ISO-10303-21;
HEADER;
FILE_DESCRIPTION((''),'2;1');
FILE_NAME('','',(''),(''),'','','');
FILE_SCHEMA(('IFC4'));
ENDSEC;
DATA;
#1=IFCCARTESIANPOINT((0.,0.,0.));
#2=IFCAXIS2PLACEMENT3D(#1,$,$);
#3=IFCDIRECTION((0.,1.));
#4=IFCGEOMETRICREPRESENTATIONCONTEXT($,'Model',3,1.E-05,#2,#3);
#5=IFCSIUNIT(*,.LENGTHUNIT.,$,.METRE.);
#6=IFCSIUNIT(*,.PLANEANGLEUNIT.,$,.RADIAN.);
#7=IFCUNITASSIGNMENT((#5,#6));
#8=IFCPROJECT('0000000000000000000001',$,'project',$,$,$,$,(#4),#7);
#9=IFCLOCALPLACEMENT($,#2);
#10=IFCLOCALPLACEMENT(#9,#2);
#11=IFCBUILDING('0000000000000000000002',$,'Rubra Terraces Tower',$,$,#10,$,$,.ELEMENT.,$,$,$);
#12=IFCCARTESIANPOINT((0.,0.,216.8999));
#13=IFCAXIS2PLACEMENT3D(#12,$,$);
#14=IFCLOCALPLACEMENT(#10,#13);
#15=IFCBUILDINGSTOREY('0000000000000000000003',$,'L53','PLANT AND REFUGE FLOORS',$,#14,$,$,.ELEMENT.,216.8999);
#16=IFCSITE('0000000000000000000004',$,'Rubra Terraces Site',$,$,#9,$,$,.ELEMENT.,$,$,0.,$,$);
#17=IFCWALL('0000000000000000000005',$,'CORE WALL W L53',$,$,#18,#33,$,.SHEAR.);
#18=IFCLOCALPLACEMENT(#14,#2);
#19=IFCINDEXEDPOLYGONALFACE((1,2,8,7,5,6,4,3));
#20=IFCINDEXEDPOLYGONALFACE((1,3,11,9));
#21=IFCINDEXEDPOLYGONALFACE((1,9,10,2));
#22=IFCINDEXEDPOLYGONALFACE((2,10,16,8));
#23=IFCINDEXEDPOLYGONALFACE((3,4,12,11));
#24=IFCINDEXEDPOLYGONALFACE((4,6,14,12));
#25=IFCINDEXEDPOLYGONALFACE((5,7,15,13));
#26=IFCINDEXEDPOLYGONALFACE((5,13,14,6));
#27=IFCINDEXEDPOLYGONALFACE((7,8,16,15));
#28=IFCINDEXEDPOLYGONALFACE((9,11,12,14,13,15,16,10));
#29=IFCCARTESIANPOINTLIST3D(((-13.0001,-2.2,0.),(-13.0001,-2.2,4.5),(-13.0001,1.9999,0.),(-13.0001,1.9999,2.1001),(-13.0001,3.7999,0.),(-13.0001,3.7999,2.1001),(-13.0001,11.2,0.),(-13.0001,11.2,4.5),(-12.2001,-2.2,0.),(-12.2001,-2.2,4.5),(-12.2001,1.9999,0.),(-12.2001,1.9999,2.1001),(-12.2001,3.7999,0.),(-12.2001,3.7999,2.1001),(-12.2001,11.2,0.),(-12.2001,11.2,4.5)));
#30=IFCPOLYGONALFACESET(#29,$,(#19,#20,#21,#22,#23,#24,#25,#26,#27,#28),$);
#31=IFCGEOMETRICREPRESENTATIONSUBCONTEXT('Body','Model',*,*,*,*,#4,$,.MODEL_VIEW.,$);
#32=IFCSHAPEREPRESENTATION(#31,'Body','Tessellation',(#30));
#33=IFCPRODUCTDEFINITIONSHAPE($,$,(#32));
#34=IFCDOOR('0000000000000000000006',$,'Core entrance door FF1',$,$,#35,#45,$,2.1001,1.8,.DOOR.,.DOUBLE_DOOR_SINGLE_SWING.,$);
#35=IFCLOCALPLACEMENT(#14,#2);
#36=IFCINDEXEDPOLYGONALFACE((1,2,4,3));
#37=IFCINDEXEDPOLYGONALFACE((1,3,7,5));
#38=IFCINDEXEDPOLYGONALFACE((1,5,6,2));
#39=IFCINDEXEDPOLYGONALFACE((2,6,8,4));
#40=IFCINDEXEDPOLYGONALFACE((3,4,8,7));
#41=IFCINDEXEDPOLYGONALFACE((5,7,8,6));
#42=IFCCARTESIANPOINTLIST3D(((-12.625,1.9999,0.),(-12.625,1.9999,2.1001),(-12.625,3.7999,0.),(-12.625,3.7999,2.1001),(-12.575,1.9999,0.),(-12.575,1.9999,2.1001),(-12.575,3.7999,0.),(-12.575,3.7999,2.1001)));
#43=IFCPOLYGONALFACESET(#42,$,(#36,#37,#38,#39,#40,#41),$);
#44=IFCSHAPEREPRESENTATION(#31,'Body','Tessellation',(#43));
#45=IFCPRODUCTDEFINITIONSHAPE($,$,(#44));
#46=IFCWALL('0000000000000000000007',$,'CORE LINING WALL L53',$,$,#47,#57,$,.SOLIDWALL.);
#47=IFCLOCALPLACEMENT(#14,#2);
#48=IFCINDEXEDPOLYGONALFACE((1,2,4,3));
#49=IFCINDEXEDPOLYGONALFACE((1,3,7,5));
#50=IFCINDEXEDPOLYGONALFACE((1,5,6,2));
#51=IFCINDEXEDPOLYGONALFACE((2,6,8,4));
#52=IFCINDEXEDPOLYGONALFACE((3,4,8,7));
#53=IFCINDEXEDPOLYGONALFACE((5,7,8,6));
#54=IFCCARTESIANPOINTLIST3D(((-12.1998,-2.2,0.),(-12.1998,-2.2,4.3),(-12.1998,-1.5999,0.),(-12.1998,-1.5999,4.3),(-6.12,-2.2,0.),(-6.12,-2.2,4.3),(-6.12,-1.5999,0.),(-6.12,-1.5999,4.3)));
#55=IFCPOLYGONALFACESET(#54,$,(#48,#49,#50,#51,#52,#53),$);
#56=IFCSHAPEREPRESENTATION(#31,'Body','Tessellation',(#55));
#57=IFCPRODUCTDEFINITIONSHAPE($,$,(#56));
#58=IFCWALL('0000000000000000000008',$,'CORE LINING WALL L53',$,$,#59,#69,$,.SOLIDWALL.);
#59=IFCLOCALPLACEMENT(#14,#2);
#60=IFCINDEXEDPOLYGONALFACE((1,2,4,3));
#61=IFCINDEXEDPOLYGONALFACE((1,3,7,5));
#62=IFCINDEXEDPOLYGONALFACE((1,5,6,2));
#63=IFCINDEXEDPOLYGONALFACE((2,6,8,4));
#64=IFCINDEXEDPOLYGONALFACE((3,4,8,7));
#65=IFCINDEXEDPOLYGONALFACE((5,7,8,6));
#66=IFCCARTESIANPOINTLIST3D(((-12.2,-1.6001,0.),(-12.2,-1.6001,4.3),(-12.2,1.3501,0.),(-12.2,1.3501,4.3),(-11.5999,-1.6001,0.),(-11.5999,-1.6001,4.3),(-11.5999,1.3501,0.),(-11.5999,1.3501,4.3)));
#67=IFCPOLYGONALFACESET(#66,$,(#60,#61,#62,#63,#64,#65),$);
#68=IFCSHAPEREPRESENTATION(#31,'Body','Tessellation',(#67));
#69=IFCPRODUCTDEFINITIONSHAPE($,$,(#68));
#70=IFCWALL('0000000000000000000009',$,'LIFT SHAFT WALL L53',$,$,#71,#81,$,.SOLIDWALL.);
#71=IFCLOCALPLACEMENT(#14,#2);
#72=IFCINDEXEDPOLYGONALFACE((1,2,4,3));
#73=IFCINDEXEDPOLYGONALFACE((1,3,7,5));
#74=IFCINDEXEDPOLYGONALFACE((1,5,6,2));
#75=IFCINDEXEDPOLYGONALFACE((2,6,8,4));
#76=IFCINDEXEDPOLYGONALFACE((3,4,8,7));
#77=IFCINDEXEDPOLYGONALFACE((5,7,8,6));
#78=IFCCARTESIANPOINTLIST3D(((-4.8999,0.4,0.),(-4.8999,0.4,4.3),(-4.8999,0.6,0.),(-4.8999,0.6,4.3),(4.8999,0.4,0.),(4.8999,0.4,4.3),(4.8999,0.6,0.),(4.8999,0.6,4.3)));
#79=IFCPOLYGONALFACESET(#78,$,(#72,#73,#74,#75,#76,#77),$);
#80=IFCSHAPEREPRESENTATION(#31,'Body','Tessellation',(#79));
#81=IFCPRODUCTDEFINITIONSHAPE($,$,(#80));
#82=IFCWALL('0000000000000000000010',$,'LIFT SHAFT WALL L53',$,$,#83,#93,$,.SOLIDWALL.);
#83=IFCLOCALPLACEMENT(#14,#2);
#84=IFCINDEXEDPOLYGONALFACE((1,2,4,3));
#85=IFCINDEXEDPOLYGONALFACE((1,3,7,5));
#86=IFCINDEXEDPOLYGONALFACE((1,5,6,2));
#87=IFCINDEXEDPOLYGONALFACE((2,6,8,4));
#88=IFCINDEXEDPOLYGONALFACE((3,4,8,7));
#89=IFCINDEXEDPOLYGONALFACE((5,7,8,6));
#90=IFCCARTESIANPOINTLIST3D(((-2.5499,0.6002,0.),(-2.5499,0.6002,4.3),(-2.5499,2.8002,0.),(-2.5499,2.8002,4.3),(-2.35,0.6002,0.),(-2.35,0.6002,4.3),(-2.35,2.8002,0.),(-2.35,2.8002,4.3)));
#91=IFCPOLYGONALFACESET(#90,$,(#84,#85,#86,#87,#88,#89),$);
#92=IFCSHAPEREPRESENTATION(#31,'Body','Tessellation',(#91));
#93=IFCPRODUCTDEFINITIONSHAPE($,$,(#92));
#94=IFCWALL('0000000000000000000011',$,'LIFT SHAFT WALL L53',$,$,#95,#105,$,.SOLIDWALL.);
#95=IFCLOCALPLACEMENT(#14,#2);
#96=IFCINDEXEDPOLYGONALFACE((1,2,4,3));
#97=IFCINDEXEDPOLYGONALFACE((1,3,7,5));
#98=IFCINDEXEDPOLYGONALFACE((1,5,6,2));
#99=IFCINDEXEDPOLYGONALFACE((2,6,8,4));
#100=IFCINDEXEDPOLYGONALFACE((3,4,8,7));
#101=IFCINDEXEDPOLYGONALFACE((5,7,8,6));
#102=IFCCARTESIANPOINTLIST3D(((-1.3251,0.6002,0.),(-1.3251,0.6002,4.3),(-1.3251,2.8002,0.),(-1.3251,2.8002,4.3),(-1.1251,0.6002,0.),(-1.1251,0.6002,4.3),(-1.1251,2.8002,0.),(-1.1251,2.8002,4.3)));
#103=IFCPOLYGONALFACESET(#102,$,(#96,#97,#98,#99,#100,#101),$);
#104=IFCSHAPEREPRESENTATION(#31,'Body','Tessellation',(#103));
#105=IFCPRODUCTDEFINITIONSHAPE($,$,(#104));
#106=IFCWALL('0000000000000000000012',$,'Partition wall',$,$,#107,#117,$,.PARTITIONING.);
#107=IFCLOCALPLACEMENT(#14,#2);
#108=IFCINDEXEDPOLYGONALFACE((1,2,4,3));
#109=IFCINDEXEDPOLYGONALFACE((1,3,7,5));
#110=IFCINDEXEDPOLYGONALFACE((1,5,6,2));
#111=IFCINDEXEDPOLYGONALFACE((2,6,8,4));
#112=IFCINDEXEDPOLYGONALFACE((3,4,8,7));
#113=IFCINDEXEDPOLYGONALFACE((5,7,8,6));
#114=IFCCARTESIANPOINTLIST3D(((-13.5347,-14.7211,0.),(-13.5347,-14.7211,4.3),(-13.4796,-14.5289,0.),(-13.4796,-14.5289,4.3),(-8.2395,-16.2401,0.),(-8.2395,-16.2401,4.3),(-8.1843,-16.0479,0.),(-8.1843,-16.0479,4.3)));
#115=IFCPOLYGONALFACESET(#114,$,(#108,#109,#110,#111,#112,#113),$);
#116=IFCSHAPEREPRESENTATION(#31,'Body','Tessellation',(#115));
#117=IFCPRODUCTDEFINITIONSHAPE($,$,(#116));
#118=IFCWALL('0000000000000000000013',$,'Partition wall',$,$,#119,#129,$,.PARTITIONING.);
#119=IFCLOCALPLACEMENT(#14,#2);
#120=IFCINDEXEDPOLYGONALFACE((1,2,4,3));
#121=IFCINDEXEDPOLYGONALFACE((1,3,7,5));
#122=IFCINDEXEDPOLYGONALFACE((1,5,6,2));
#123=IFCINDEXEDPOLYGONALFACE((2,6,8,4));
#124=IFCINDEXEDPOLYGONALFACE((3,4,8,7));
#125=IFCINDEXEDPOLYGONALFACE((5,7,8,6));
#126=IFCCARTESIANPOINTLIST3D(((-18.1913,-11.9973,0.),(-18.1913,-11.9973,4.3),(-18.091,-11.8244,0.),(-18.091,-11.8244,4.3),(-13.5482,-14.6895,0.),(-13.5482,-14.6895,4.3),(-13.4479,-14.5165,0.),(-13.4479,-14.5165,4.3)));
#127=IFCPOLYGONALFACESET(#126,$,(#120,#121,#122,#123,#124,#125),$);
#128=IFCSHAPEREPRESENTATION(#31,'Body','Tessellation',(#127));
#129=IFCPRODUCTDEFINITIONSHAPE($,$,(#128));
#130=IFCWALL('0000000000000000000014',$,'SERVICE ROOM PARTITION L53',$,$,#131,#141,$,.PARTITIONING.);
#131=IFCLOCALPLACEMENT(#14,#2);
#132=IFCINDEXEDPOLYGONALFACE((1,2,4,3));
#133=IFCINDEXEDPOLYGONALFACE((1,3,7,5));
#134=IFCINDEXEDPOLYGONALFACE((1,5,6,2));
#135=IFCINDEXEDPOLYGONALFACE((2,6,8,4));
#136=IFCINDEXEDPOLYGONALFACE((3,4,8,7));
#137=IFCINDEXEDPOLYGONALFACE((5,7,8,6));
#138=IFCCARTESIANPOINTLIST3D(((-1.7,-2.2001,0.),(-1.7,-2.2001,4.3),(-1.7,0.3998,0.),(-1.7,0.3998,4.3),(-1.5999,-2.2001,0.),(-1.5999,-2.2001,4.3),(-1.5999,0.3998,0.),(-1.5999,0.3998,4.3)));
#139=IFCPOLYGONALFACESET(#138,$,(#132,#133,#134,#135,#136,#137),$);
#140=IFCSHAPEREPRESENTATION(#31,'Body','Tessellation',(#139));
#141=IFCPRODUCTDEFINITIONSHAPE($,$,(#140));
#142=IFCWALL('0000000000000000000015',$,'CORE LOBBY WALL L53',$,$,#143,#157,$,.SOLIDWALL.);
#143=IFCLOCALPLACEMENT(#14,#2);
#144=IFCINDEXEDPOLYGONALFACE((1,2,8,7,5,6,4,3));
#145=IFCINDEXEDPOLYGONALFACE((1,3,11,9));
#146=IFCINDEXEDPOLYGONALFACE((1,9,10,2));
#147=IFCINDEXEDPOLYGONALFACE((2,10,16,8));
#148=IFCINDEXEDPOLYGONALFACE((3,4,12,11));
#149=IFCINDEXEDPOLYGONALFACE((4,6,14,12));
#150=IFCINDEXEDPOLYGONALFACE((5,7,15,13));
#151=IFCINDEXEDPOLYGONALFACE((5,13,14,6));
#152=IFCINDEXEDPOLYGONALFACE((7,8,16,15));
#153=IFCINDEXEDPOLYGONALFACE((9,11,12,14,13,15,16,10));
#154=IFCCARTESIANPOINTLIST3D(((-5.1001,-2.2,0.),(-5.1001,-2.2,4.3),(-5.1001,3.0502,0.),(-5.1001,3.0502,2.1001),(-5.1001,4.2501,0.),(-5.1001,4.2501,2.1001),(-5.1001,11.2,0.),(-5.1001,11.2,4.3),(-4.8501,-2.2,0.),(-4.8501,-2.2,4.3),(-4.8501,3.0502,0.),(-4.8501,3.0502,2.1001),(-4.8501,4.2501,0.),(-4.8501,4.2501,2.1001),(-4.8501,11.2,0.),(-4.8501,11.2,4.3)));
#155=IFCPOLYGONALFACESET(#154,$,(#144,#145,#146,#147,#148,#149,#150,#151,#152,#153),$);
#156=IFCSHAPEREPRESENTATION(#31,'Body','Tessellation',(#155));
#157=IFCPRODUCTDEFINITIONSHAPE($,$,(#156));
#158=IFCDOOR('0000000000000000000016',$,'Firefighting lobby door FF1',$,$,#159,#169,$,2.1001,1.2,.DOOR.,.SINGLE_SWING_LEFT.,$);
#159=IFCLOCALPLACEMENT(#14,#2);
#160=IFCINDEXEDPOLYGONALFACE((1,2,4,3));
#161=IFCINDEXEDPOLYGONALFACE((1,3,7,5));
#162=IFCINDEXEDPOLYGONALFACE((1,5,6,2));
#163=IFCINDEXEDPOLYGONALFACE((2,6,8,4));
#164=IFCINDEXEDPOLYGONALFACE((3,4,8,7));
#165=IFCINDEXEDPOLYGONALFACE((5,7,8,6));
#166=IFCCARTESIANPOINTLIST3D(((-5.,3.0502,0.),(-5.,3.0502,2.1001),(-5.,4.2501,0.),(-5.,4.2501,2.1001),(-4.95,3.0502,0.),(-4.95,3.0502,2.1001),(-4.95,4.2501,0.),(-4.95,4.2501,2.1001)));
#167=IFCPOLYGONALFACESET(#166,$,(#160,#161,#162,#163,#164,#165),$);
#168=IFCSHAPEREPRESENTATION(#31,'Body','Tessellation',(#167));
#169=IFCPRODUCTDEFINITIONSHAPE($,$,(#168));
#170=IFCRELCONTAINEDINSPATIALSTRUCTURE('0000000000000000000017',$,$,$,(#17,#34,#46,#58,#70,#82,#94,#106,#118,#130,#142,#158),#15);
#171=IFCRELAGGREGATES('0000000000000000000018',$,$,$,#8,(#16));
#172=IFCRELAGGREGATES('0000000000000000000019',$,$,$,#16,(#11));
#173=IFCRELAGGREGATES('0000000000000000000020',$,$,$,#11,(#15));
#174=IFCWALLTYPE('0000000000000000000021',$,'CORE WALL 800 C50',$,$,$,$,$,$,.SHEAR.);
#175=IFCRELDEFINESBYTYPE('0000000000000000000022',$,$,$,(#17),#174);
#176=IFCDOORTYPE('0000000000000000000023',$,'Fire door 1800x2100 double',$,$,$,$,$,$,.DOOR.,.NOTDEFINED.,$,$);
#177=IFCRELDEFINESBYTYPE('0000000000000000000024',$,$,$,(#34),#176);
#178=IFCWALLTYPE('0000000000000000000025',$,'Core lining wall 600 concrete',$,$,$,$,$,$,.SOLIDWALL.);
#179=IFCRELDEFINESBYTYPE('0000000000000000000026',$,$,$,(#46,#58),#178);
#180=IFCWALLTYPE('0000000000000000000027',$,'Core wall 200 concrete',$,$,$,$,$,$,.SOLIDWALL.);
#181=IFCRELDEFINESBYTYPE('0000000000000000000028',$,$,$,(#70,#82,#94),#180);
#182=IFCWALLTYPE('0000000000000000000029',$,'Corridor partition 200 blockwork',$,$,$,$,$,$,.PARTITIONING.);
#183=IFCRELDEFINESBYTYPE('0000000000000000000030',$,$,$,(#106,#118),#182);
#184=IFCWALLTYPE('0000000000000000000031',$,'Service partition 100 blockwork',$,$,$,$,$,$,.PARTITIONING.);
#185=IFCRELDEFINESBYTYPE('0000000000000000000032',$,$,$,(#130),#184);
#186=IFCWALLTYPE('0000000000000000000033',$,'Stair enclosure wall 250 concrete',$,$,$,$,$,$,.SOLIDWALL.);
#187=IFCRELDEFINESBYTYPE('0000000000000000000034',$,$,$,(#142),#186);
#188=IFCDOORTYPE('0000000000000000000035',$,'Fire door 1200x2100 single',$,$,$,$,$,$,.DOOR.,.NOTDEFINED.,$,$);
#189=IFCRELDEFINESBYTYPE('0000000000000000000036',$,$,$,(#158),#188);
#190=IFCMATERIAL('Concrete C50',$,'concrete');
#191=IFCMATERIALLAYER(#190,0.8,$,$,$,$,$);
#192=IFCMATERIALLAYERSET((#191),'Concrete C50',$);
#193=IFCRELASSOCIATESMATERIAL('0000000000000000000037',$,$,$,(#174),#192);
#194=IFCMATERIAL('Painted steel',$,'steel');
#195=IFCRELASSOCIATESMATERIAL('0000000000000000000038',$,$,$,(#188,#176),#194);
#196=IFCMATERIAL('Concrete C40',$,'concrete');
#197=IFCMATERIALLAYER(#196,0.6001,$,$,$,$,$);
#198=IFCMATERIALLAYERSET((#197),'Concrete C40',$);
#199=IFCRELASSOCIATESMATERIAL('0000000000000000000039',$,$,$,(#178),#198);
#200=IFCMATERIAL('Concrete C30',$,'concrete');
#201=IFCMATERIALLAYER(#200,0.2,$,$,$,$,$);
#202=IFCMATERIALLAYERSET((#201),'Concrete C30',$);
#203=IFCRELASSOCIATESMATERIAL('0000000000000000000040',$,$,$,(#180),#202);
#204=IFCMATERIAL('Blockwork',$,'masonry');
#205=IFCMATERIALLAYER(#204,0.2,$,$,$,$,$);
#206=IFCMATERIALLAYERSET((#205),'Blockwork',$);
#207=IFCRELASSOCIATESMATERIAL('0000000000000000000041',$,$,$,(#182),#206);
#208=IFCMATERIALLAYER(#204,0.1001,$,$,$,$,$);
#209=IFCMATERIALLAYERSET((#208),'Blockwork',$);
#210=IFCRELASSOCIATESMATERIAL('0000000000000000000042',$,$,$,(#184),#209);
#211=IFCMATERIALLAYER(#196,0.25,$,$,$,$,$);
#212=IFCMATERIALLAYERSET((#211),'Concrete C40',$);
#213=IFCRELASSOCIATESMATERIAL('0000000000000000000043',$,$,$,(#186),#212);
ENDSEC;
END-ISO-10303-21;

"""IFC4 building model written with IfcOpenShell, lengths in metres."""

from ifc_helpers import new_model, si_unit, direction, frame, frame_2d, origin, place, context, subcontext, project, spatial, rectangle, extrude, material, layer, layer_set, type_object, element, fill, save


model = new_model("IFC4")

# Units and contexts
model_context = context("Model", 3, precision=1e-05, world=origin(), true_north=direction((0.0, 1.0)))
body_context = subcontext(model_context, "Body", "Model", "MODEL_VIEW")
ifc_project = project(units=[si_unit("LENGTHUNIT", "METRE"), si_unit("PLANEANGLEUNIT", "RADIAN")], contexts=[model_context])

# Site, building, storey
site_placement = place(None, origin())
site = spatial("IfcSite", under=ifc_project, at=site_placement, Name="Rubra Terraces Site", CompositionType="ELEMENT", RefElevation=0.0)
building_placement = place(site_placement, origin())
building = spatial("IfcBuilding", under=site, at=building_placement, Name="Rubra Terraces Tower", CompositionType="ELEMENT")
storey_placement = place(building_placement, frame((0.0, 0.0, 216.8999)))
storey = spatial("IfcBuildingStorey", under=building, at=storey_placement, Name="L53", Description="PLANT AND REFUGE FLOORS", CompositionType="ELEMENT", Elevation=216.8999)

# Shared definitions
ifc_material_1 = material(Name="Concrete C50", Category="concrete")
ifc_layer_1 = layer(ifc_material_1, 0.8)
ifc_layer_set_1 = layer_set([ifc_layer_1], Name="Concrete C50")
wall_type_1 = type_object("IfcWallType", Name="CORE WALL 800 C50", PredefinedType="SHEAR", material=ifc_layer_set_1)
ifc_material_2 = material(Name="Painted steel", Category="steel")
door_type_1 = type_object("IfcDoorType", Name="Fire door 1200x2100 single", OperationType="NOTDEFINED", PredefinedType="DOOR", material=ifc_material_2)

# Wall, opening, door
wall_1_placement = place(storey_placement, frame((-12.6001, -2.2, 0.0), z_axis=(0.0, 0.0, 1.0), x_axis=(0.0, 1.0, 0.0)))
wall_1 = element("IfcWall", 1, at=wall_1_placement, inside=storey, type_object=wall_type_1, Name="CORE WALL W L53", PredefinedType="SHEAR", context=body_context, shape_type="SweptSolid", body=[
    extrude(rectangle(XDim=13.3999, YDim=0.8, at=frame_2d((6.7, 0.0))), origin(), (0.0, 0.0, 1.0), 4.5),
])
opening_1_placement = place(wall_1_placement, frame((4.2, 0.0, 0.0)))
opening_1 = element("IfcOpeningElement", 2, at=opening_1_placement, cuts=wall_1, PredefinedType="OPENING", context=body_context, shape_type="SweptSolid", body=[
    extrude(rectangle(XDim=1.8, YDim=2.1001, at=frame_2d((0.8999, 1.05))), frame((0.0, 0.4099, 0.0), z_axis=(0.0, -1.0, 0.0), x_axis=(1.0, 0.0, 0.0)), (0.0, 0.0, 1.0), 0.8201),
])
door_type_2 = type_object("IfcDoorType", Name="Fire door 1800x2100 double", OperationType="NOTDEFINED", PredefinedType="DOOR", material=ifc_material_2)
door_1_placement = place(opening_1_placement, origin())
door_1 = element("IfcDoor", 3, at=door_1_placement, inside=storey, type_object=door_type_2, Name="Core entrance door FF1", OperationType="DOUBLE_DOOR_SINGLE_SWING", OverallHeight=2.1001, OverallWidth=1.8, PredefinedType="DOOR", context=body_context, shape_type="SweptSolid", body=[
    extrude(rectangle(XDim=1.8, YDim=2.1001, at=frame_2d((0.8999, 1.05))), frame((0.0, 0.0249, 0.0), z_axis=(0.0, -1.0, 0.0), x_axis=(1.0, 0.0, 0.0)), (0.0, 0.0, 1.0), 0.05),
])
fill(opening_1, door_1)

# Walls
ifc_material_3 = material(Name="Concrete C40", Category="concrete")
ifc_layer_2 = layer(ifc_material_3, 0.6001)
ifc_layer_set_2 = layer_set([ifc_layer_2], Name="Concrete C40")
wall_type_2 = type_object("IfcWallType", Name="Core lining wall 600 concrete", PredefinedType="SOLIDWALL", material=ifc_layer_set_2)
wall_2_placement = place(storey_placement, frame((-12.2, -1.8999, 0.0), z_axis=(0.0, 0.0, 1.0), x_axis=(1.0, 0.0, 0.0)))
element("IfcWall", 4, at=wall_2_placement, inside=storey, type_object=wall_type_2, Name="CORE LINING WALL L53", PredefinedType="SOLIDWALL", context=body_context, shape_type="SweptSolid", body=[
    extrude(rectangle(XDim=6.0798, YDim=0.6001, at=frame_2d((3.04, 0.0))), origin(), (0.0, 0.0, 1.0), 4.3),
])
wall_3_placement = place(storey_placement, frame((-11.8999, -1.6001, 0.0), z_axis=(0.0, 0.0, 1.0), x_axis=(0.0, 1.0, 0.0)))
element("IfcWall", 5, at=wall_3_placement, inside=storey, type_object=wall_type_2, Name="CORE LINING WALL L53", PredefinedType="SOLIDWALL", context=body_context, shape_type="SweptSolid", body=[
    extrude(rectangle(XDim=2.9502, YDim=0.6001, at=frame_2d((1.4751, 0.0))), origin(), (0.0, 0.0, 1.0), 4.3),
])
ifc_material_4 = material(Name="Concrete C30", Category="concrete")
ifc_layer_3 = layer(ifc_material_4, 0.2)
ifc_layer_set_3 = layer_set([ifc_layer_3], Name="Concrete C30")
wall_type_3 = type_object("IfcWallType", Name="Core wall 200 concrete", PredefinedType="SOLIDWALL", material=ifc_layer_set_3)
wall_4_placement = place(storey_placement, frame((-4.8999, 0.5, 0.0), z_axis=(0.0, 0.0, 1.0), x_axis=(1.0, 0.0, 0.0)))
element("IfcWall", 6, at=wall_4_placement, inside=storey, type_object=wall_type_3, Name="LIFT SHAFT WALL L53", PredefinedType="SOLIDWALL", context=body_context, shape_type="SweptSolid", body=[
    extrude(rectangle(XDim=9.7998, YDim=0.2, at=frame_2d((4.8999, 0.0))), origin(), (0.0, 0.0, 1.0), 4.3),
])
for number, where, z_axis, x_axis, name in (
    (7, (-2.45, 0.6001, 0.0), (0.0, 0.0, 1.0), (0.0, 1.0, 0.0), "LIFT SHAFT WALL L53"),
    (8, (-1.2251, 0.6001, 0.0), (0.0, 0.0, 1.0), (0.0, 1.0, 0.0), "LIFT SHAFT WALL L53"),
):
    element("IfcWall", number, at=place(storey_placement, frame(where, z_axis=z_axis, x_axis=x_axis)), inside=storey, type_object=wall_type_3, Name=name, PredefinedType="SOLIDWALL", context=body_context, shape_type="SweptSolid", body=[
        extrude(rectangle(XDim=2.2, YDim=0.2, at=frame_2d((1.1001, 0.0))), origin(), (0.0, 0.0, 1.0), 4.3),
    ])
ifc_material_5 = material(Name="Blockwork", Category="masonry")
ifc_layer_4 = layer(ifc_material_5, 0.2)
ifc_layer_set_4 = layer_set([ifc_layer_4], Name="Blockwork")
wall_type_4 = type_object("IfcWallType", Name="Corridor partition 200 blockwork", PredefinedType="PARTITIONING", material=ifc_layer_set_4)
wall_5_placement = place(storey_placement, frame((-8.2119, -16.144, 0.0), z_axis=(0.0, 0.0, 1.0), x_axis=(-0.961229, 0.275751, 0.0)))
element("IfcWall", 9, at=wall_5_placement, inside=storey, type_object=wall_type_4, Name="Partition wall", PredefinedType="PARTITIONING", context=body_context, shape_type="SweptSolid", body=[
    extrude(rectangle(XDim=5.5088, YDim=0.2, at=frame_2d((2.7544, 0.0))), origin(), (0.0, 0.0, 1.0), 4.3),
])
wall_6_placement = place(storey_placement, frame((-13.498, -14.603, 0.0), z_axis=(0.0, 0.0, 1.0), x_axis=(-0.865099, 0.501601, 0.0)))
element("IfcWall", 10, at=wall_6_placement, inside=storey, type_object=wall_type_4, Name="Partition wall", PredefinedType="PARTITIONING", context=body_context, shape_type="SweptSolid", body=[
    extrude(rectangle(XDim=5.3672, YDim=0.2, at=frame_2d((2.6836, 0.0))), origin(), (0.0, 0.0, 1.0), 4.3),
])
ifc_layer_5 = layer(ifc_material_5, 0.1001)
ifc_layer_set_5 = layer_set([ifc_layer_5], Name="Blockwork")
wall_type_5 = type_object("IfcWallType", Name="Service partition 100 blockwork", PredefinedType="PARTITIONING", material=ifc_layer_set_5)
wall_7_placement = place(storey_placement, frame((-1.6499, -2.2, 0.0), z_axis=(0.0, 0.0, 1.0), x_axis=(0.0, 1.0, 0.0)))
element("IfcWall", 11, at=wall_7_placement, inside=storey, type_object=wall_type_5, Name="SERVICE ROOM PARTITION L53", PredefinedType="PARTITIONING", context=body_context, shape_type="SweptSolid", body=[
    extrude(rectangle(XDim=2.5999, YDim=0.1001, at=frame_2d((1.2998, 0.0))), origin(), (0.0, 0.0, 1.0), 4.3),
])

# Wall, opening, door
ifc_layer_6 = layer(ifc_material_3, 0.25)
ifc_layer_set_6 = layer_set([ifc_layer_6], Name="Concrete C40")
wall_type_6 = type_object("IfcWallType", Name="Stair enclosure wall 250 concrete", PredefinedType="SOLIDWALL", material=ifc_layer_set_6)
wall_8_placement = place(storey_placement, frame((-4.9751, -2.2, 0.0), z_axis=(0.0, 0.0, 1.0), x_axis=(0.0, 1.0, 0.0)))
wall_8 = element("IfcWall", 12, at=wall_8_placement, inside=storey, type_object=wall_type_6, Name="CORE LOBBY WALL L53", PredefinedType="SOLIDWALL", context=body_context, shape_type="SweptSolid", body=[
    extrude(rectangle(XDim=13.3999, YDim=0.25, at=frame_2d((6.7, 0.0))), origin(), (0.0, 0.0, 1.0), 4.3),
])
opening_2_placement = place(wall_8_placement, frame((5.25, 0.0, 0.0)))
opening_2 = element("IfcOpeningElement", 13, at=opening_2_placement, cuts=wall_8, PredefinedType="OPENING", context=body_context, shape_type="SweptSolid", body=[
    extrude(rectangle(XDim=1.2, YDim=2.1001, at=frame_2d((0.6001, 1.05))), frame((0.0, 0.135, 0.0), z_axis=(0.0, -1.0, 0.0), x_axis=(1.0, 0.0, 0.0)), (0.0, 0.0, 1.0), 0.27),
])
door_2_placement = place(opening_2_placement, origin())
door_2 = element("IfcDoor", 14, at=door_2_placement, inside=storey, type_object=door_type_1, Name="Firefighting lobby door FF1", OperationType="SINGLE_SWING_LEFT", OverallHeight=2.1001, OverallWidth=1.2, PredefinedType="DOOR", context=body_context, shape_type="SweptSolid", body=[
    extrude(rectangle(XDim=1.2, YDim=2.1001, at=frame_2d((0.6001, 1.05))), frame((0.0, 0.0249, 0.0), z_axis=(0.0, -1.0, 0.0), x_axis=(1.0, 0.0, 0.0)), (0.0, 0.0, 1.0), 0.05),
])
fill(opening_2, door_2)

save(model, "model.ifc")
